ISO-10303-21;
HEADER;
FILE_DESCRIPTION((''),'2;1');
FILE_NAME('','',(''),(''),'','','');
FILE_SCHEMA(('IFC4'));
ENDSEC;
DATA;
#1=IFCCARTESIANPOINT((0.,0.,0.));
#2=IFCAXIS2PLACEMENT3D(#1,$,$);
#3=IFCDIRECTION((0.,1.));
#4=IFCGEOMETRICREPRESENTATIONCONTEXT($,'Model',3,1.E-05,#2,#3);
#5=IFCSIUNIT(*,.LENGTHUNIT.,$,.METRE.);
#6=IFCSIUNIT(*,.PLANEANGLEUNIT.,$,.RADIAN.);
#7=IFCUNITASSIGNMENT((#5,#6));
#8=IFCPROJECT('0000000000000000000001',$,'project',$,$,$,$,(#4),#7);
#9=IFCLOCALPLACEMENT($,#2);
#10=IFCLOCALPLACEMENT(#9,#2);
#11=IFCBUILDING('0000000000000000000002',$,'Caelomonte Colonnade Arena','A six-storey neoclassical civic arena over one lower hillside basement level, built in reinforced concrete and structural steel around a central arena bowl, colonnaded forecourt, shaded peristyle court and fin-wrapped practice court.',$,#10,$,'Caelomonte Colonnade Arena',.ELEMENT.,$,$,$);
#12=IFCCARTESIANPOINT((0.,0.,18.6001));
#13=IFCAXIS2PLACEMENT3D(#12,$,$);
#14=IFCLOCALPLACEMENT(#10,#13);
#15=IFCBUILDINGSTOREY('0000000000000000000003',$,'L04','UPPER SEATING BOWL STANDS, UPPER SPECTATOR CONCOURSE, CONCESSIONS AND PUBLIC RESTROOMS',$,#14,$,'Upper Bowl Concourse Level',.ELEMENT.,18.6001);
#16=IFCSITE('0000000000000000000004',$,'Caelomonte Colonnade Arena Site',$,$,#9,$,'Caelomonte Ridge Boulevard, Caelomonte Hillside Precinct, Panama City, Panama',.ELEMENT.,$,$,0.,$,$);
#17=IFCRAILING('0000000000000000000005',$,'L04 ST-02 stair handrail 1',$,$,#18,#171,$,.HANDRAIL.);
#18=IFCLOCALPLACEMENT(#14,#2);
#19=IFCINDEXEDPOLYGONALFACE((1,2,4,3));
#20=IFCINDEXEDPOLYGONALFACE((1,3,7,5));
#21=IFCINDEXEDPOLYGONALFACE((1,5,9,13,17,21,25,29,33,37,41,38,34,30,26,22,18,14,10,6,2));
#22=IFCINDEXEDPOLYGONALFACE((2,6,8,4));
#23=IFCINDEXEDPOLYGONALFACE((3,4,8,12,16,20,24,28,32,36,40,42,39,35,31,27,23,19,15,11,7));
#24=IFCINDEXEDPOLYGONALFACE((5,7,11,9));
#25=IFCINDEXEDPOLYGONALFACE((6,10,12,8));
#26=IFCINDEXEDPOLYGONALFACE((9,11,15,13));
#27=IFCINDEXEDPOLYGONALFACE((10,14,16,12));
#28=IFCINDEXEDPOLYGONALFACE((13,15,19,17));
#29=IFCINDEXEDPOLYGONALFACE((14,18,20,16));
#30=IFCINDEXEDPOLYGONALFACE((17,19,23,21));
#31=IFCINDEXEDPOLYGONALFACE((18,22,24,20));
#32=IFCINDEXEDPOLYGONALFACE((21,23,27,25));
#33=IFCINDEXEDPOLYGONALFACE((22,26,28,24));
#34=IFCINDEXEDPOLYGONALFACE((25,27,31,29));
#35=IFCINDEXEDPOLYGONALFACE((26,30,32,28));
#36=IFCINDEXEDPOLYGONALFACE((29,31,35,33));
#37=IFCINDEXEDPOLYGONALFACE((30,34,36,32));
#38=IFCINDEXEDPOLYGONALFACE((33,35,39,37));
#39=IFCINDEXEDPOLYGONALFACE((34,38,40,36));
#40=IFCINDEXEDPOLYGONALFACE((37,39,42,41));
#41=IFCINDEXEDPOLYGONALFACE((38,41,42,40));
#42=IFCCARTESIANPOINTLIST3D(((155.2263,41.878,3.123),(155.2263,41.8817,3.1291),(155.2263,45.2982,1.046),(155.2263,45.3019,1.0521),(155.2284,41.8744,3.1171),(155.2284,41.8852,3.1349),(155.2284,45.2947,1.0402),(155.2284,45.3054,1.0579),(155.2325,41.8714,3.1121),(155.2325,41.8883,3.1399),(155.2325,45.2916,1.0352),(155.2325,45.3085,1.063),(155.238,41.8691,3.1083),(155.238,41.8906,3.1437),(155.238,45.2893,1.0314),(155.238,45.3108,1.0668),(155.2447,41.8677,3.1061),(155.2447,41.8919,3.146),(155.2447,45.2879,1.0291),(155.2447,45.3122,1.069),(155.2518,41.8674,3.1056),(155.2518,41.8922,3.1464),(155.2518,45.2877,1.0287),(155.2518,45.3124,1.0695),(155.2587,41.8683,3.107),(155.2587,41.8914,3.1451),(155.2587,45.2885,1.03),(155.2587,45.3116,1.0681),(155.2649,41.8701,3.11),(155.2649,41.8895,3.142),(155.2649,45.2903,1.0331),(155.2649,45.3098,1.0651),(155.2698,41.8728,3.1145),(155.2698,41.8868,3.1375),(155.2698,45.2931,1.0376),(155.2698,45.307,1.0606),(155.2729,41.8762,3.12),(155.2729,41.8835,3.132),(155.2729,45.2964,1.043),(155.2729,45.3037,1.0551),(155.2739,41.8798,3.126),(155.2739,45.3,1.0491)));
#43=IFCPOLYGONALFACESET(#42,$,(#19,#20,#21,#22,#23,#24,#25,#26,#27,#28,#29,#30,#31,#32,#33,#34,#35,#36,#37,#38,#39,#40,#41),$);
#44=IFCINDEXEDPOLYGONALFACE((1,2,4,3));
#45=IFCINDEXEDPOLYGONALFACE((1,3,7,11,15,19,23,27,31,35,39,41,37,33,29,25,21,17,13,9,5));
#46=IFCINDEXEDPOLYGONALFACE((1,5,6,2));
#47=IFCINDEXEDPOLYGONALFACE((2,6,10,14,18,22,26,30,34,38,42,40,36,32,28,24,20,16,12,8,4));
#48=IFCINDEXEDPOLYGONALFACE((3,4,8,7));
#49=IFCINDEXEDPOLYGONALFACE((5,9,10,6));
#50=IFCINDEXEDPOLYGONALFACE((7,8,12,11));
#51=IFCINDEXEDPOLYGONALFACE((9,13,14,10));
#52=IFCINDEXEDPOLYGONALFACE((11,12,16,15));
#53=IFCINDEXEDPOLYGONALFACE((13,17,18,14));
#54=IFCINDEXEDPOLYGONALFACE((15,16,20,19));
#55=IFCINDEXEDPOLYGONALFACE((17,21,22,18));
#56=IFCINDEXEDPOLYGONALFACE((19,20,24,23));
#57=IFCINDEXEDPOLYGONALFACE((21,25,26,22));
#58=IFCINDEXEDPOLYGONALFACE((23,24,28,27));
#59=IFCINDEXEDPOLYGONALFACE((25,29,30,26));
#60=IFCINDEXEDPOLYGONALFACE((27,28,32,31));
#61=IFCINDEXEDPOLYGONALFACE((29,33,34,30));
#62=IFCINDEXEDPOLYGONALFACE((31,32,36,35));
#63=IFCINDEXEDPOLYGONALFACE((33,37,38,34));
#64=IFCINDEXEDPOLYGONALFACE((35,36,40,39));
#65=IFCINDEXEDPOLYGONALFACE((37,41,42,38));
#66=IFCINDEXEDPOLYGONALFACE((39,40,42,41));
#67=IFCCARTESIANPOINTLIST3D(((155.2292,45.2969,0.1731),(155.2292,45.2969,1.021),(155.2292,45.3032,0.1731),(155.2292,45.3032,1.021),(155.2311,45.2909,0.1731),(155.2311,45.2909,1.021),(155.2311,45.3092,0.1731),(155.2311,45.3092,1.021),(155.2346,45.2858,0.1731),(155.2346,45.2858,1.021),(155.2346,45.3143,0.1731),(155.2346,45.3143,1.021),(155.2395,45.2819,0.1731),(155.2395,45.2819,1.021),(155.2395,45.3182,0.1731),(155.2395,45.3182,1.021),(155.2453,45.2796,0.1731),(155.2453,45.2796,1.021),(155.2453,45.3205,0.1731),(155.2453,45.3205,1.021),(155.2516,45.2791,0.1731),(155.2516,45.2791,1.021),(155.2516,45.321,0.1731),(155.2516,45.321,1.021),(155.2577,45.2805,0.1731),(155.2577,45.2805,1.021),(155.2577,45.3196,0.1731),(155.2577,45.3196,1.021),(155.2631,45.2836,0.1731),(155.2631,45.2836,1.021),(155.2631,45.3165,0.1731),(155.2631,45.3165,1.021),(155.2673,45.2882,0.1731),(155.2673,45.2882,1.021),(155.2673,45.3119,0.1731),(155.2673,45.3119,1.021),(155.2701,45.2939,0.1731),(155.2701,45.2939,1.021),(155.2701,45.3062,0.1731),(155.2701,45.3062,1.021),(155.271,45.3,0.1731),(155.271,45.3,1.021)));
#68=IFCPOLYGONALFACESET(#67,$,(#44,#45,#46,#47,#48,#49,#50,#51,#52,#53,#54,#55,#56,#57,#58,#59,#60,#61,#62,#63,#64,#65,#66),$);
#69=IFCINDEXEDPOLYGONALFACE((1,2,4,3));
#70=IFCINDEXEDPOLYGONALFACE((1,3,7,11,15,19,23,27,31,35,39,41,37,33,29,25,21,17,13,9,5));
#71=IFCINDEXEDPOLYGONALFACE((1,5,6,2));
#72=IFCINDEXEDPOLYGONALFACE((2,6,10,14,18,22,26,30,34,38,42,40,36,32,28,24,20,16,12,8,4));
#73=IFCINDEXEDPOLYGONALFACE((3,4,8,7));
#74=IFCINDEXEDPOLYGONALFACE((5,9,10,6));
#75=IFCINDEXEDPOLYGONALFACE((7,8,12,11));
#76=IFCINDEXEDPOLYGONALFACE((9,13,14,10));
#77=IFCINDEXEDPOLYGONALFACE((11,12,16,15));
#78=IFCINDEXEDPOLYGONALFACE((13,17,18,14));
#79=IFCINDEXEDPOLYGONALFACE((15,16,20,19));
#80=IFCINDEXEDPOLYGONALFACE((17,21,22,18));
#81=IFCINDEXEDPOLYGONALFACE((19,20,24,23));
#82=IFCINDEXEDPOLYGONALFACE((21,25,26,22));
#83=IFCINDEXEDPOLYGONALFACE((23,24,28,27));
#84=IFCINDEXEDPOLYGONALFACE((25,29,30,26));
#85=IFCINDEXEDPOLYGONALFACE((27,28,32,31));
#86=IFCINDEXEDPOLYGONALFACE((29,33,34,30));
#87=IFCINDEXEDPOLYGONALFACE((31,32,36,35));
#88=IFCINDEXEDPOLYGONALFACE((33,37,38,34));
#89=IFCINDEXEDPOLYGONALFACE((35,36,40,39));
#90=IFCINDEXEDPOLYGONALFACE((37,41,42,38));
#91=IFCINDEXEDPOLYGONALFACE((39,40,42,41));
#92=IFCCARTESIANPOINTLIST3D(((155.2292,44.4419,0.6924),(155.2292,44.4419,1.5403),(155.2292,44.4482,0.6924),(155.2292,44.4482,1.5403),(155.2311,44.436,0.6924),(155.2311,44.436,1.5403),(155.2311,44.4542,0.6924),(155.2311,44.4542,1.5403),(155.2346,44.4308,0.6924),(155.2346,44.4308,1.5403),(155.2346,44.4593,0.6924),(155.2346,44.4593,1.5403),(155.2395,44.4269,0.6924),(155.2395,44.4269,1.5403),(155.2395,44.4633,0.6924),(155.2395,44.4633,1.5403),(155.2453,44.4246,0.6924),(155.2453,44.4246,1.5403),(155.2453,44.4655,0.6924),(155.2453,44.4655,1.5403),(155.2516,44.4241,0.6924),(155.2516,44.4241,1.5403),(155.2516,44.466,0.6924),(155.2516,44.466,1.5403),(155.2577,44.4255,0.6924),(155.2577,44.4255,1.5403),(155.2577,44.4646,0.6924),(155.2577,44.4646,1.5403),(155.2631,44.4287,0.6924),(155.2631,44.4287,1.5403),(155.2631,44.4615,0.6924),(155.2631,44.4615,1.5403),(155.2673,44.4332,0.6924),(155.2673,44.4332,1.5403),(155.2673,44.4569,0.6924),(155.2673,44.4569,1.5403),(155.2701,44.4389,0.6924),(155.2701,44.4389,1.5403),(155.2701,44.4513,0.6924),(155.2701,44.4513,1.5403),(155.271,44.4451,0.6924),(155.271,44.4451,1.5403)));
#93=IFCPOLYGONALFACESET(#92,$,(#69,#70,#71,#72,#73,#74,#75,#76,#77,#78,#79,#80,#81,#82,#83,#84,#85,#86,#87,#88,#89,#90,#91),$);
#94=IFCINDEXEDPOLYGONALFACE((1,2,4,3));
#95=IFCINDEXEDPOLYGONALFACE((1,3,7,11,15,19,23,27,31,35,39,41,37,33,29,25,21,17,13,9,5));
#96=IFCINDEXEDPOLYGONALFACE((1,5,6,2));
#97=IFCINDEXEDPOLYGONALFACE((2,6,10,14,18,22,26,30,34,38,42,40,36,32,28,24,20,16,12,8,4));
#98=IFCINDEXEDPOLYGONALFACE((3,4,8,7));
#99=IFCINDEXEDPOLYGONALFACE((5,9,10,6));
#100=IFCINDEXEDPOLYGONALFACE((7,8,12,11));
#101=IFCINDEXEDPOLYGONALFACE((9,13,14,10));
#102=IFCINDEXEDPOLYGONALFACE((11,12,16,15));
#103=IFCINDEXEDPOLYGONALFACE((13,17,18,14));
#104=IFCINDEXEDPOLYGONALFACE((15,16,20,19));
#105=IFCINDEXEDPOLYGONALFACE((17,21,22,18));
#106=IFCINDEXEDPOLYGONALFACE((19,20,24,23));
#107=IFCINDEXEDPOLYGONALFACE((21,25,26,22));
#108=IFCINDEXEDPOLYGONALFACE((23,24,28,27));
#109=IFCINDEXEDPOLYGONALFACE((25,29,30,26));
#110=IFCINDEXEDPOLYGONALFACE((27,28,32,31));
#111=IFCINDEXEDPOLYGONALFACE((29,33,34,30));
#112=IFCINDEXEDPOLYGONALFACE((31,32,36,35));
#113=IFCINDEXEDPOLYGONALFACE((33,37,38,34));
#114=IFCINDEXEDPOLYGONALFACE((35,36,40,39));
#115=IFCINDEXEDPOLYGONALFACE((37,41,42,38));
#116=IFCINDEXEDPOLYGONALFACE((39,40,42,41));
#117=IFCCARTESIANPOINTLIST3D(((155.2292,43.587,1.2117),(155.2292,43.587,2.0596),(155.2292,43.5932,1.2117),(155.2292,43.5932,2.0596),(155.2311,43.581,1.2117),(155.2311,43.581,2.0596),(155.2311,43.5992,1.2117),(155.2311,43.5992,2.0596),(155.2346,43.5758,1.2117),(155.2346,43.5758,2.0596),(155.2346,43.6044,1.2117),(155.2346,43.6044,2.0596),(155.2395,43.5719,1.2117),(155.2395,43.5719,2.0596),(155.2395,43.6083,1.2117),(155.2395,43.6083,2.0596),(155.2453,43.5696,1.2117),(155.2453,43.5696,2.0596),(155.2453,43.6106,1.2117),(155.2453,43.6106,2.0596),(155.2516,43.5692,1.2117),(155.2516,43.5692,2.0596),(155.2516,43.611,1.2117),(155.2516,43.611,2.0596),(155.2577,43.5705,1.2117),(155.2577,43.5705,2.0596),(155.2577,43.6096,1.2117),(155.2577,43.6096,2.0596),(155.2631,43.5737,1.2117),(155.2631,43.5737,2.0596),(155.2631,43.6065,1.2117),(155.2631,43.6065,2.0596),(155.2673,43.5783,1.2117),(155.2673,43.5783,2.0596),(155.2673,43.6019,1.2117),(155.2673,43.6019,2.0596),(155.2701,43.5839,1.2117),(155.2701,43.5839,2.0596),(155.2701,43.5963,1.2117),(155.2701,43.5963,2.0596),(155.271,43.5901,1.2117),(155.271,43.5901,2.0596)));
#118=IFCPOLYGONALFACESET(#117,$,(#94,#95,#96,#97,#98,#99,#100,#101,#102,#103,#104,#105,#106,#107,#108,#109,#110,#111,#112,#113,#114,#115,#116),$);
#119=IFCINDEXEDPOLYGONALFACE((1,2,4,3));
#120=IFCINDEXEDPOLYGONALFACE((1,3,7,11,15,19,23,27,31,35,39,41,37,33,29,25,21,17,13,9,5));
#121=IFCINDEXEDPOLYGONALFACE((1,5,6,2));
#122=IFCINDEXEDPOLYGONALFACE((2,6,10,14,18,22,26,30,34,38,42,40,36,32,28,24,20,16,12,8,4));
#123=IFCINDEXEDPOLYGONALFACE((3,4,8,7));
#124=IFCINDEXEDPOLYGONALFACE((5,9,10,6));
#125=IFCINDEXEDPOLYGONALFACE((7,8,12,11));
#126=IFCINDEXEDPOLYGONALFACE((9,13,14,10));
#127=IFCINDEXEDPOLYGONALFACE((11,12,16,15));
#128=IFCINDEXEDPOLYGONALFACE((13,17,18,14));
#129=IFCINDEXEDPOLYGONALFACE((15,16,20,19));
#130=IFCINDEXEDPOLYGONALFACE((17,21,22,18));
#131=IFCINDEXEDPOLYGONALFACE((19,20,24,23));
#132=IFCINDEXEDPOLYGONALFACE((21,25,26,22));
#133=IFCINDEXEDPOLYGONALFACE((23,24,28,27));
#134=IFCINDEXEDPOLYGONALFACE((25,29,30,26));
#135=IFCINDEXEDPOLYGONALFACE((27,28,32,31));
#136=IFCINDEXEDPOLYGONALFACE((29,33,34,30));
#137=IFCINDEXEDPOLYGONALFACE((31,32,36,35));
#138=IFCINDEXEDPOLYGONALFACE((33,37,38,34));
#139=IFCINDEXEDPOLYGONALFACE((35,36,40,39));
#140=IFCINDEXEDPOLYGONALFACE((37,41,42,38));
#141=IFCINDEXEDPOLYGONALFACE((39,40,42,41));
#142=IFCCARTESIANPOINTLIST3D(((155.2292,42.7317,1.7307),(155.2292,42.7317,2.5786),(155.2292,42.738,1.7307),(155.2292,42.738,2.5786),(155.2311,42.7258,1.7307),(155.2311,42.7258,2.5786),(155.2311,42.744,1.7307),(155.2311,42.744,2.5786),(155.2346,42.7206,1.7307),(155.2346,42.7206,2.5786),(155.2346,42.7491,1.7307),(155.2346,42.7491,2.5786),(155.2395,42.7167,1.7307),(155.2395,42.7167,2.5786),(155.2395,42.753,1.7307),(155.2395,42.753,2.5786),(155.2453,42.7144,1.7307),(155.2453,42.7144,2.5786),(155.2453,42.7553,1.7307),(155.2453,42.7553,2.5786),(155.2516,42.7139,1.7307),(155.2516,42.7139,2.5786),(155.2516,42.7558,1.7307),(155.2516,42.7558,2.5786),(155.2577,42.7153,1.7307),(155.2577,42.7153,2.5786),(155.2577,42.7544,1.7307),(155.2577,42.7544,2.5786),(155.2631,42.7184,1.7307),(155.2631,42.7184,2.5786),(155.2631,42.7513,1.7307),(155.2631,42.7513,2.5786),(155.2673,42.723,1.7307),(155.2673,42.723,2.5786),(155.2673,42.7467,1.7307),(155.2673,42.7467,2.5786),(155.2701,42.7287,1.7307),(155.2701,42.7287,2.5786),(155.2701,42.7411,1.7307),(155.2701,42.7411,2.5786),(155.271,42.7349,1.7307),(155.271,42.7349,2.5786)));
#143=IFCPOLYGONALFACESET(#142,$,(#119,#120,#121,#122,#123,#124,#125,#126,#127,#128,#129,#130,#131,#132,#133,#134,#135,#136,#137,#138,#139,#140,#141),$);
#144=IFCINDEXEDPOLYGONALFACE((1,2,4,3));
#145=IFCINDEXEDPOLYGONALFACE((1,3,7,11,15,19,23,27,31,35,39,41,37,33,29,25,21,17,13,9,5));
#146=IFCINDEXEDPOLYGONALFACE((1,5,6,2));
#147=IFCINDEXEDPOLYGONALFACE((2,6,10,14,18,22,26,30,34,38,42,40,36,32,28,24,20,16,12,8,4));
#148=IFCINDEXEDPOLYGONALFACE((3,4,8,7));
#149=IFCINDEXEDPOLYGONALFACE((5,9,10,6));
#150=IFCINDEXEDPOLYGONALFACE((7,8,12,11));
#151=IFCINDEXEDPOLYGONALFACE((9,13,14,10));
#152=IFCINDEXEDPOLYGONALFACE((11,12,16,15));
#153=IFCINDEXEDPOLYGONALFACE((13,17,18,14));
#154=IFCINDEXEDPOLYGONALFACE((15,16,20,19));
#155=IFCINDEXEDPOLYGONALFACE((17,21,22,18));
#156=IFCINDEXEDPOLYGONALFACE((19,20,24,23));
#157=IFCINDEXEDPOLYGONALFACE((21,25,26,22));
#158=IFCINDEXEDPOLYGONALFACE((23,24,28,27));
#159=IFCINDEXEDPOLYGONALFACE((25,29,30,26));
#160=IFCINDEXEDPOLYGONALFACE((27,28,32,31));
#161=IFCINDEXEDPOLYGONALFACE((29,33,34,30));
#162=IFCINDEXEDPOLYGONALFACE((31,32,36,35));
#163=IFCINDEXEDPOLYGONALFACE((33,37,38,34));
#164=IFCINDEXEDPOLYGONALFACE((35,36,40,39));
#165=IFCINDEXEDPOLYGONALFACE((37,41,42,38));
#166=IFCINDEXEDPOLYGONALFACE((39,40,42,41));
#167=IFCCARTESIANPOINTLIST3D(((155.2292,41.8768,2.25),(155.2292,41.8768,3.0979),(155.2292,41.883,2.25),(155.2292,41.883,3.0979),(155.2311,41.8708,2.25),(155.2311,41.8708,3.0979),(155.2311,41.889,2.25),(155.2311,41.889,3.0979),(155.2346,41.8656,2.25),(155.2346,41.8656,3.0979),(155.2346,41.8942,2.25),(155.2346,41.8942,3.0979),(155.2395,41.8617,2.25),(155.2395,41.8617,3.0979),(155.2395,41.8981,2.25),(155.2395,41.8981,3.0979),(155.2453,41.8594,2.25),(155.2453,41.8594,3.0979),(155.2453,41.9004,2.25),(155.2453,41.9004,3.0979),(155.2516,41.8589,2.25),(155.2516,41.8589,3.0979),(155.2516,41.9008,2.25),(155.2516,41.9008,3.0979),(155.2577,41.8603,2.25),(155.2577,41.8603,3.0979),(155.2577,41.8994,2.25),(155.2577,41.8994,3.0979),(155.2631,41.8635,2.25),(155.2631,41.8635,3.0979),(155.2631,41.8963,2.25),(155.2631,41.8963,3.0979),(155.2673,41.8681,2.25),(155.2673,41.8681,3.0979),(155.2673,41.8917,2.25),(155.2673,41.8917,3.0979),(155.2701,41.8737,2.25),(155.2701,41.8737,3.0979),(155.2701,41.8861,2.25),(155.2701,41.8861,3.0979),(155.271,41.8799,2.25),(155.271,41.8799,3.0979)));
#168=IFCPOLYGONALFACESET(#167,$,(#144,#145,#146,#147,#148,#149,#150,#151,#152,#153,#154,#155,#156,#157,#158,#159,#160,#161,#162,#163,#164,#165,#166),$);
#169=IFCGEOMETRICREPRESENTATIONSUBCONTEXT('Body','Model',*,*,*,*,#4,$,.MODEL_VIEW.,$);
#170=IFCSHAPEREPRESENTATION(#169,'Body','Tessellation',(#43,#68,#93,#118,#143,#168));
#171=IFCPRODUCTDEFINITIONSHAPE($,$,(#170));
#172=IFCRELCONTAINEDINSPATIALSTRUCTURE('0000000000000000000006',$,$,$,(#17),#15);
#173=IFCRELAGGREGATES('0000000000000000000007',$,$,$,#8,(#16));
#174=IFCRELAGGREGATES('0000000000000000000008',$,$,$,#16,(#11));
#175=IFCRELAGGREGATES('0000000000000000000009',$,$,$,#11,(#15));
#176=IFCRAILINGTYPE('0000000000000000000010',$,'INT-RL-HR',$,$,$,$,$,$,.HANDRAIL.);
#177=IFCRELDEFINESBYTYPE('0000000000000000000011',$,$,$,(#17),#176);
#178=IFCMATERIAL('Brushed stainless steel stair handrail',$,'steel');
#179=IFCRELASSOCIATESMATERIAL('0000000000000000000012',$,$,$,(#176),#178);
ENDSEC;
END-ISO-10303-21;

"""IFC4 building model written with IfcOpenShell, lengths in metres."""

from ifc_helpers import new_model, si_unit, direction, frame, origin, origin_2d, place, context, subcontext, project, spatial, circle, extrude, material, type_object, element, save


model = new_model("IFC4")

# Units and contexts
model_context = context("Model", 3, precision=1e-05, world=origin(), true_north=direction((0.0, 1.0)))
body_context = subcontext(model_context, "Body", "Model", "MODEL_VIEW")
ifc_project = project(units=[si_unit("LENGTHUNIT", "METRE"), si_unit("PLANEANGLEUNIT", "RADIAN")], contexts=[model_context])

# Site, building, storey
site_placement = place(None, origin())
site = spatial("IfcSite", under=ifc_project, at=site_placement, Name="Caelomonte Colonnade Arena Site", LongName="Caelomonte Ridge Boulevard, Caelomonte Hillside Precinct, Panama City, Panama", CompositionType="ELEMENT", RefElevation=0.0)
building_placement = place(site_placement, origin())
building = spatial("IfcBuilding", under=site, at=building_placement, Name="Caelomonte Colonnade Arena", Description="A six-storey neoclassical civic arena over one lower hillside basement level, built in reinforced concrete and structural steel around a central arena bowl, colonnaded forecourt, shaded peristyle court and fin-wrapped practice court.", LongName="Caelomonte Colonnade Arena", CompositionType="ELEMENT")
storey_placement = place(building_placement, frame((0.0, 0.0, 18.6001)))
storey = spatial("IfcBuildingStorey", under=building, at=storey_placement, Name="L04", Description="UPPER SEATING BOWL STANDS, UPPER SPECTATOR CONCOURSE, CONCESSIONS AND PUBLIC RESTROOMS", LongName="Upper Bowl Concourse Level", CompositionType="ELEMENT", Elevation=18.6001)

# Railing
ifc_material_1 = material(Name="Brushed stainless steel stair handrail", Category="steel")
railing_type_1 = type_object("IfcRailingType", Name="INT-RL-HR", PredefinedType="HANDRAIL", material=ifc_material_1)
railing_1_placement = place(storey_placement, frame((155.25, 45.3, 0.1731)))
element("IfcRailing", 1, at=railing_1_placement, inside=storey, type_object=railing_type_1, Name="L04 ST-02 stair handrail 1", PredefinedType="HANDRAIL", context=body_context, shape_type="SweptSolid", body=[
    extrude(circle(Radius=0.0239, at=origin_2d()), frame((0.0, 0.0, 0.876), z_axis=(0.0, -0.854746, 0.519047), x_axis=(1.0, 0.0, 0.0)), (0.0, 0.0, 1.0), 4.0015),
    extrude(circle(Radius=0.021, at=origin_2d()), origin(), (0.0, 0.0, 1.0), 0.8479),
    extrude(circle(Radius=0.021, at=origin_2d()), frame((0.0, -0.855, 0.5193)), (0.0, 0.0, 1.0), 0.8479),
    extrude(circle(Radius=0.021, at=origin_2d()), frame((0.0, -1.71, 1.0386)), (0.0, 0.0, 1.0), 0.8479),
    extrude(circle(Radius=0.021, at=origin_2d()), frame((0.0, -2.5652, 1.5576)), (0.0, 0.0, 1.0), 0.8479),
    extrude(circle(Radius=0.021, at=origin_2d()), frame((0.0, -3.4202, 2.0769)), (0.0, 0.0, 1.0), 0.8479),
])

save(model, "model.ifc")
